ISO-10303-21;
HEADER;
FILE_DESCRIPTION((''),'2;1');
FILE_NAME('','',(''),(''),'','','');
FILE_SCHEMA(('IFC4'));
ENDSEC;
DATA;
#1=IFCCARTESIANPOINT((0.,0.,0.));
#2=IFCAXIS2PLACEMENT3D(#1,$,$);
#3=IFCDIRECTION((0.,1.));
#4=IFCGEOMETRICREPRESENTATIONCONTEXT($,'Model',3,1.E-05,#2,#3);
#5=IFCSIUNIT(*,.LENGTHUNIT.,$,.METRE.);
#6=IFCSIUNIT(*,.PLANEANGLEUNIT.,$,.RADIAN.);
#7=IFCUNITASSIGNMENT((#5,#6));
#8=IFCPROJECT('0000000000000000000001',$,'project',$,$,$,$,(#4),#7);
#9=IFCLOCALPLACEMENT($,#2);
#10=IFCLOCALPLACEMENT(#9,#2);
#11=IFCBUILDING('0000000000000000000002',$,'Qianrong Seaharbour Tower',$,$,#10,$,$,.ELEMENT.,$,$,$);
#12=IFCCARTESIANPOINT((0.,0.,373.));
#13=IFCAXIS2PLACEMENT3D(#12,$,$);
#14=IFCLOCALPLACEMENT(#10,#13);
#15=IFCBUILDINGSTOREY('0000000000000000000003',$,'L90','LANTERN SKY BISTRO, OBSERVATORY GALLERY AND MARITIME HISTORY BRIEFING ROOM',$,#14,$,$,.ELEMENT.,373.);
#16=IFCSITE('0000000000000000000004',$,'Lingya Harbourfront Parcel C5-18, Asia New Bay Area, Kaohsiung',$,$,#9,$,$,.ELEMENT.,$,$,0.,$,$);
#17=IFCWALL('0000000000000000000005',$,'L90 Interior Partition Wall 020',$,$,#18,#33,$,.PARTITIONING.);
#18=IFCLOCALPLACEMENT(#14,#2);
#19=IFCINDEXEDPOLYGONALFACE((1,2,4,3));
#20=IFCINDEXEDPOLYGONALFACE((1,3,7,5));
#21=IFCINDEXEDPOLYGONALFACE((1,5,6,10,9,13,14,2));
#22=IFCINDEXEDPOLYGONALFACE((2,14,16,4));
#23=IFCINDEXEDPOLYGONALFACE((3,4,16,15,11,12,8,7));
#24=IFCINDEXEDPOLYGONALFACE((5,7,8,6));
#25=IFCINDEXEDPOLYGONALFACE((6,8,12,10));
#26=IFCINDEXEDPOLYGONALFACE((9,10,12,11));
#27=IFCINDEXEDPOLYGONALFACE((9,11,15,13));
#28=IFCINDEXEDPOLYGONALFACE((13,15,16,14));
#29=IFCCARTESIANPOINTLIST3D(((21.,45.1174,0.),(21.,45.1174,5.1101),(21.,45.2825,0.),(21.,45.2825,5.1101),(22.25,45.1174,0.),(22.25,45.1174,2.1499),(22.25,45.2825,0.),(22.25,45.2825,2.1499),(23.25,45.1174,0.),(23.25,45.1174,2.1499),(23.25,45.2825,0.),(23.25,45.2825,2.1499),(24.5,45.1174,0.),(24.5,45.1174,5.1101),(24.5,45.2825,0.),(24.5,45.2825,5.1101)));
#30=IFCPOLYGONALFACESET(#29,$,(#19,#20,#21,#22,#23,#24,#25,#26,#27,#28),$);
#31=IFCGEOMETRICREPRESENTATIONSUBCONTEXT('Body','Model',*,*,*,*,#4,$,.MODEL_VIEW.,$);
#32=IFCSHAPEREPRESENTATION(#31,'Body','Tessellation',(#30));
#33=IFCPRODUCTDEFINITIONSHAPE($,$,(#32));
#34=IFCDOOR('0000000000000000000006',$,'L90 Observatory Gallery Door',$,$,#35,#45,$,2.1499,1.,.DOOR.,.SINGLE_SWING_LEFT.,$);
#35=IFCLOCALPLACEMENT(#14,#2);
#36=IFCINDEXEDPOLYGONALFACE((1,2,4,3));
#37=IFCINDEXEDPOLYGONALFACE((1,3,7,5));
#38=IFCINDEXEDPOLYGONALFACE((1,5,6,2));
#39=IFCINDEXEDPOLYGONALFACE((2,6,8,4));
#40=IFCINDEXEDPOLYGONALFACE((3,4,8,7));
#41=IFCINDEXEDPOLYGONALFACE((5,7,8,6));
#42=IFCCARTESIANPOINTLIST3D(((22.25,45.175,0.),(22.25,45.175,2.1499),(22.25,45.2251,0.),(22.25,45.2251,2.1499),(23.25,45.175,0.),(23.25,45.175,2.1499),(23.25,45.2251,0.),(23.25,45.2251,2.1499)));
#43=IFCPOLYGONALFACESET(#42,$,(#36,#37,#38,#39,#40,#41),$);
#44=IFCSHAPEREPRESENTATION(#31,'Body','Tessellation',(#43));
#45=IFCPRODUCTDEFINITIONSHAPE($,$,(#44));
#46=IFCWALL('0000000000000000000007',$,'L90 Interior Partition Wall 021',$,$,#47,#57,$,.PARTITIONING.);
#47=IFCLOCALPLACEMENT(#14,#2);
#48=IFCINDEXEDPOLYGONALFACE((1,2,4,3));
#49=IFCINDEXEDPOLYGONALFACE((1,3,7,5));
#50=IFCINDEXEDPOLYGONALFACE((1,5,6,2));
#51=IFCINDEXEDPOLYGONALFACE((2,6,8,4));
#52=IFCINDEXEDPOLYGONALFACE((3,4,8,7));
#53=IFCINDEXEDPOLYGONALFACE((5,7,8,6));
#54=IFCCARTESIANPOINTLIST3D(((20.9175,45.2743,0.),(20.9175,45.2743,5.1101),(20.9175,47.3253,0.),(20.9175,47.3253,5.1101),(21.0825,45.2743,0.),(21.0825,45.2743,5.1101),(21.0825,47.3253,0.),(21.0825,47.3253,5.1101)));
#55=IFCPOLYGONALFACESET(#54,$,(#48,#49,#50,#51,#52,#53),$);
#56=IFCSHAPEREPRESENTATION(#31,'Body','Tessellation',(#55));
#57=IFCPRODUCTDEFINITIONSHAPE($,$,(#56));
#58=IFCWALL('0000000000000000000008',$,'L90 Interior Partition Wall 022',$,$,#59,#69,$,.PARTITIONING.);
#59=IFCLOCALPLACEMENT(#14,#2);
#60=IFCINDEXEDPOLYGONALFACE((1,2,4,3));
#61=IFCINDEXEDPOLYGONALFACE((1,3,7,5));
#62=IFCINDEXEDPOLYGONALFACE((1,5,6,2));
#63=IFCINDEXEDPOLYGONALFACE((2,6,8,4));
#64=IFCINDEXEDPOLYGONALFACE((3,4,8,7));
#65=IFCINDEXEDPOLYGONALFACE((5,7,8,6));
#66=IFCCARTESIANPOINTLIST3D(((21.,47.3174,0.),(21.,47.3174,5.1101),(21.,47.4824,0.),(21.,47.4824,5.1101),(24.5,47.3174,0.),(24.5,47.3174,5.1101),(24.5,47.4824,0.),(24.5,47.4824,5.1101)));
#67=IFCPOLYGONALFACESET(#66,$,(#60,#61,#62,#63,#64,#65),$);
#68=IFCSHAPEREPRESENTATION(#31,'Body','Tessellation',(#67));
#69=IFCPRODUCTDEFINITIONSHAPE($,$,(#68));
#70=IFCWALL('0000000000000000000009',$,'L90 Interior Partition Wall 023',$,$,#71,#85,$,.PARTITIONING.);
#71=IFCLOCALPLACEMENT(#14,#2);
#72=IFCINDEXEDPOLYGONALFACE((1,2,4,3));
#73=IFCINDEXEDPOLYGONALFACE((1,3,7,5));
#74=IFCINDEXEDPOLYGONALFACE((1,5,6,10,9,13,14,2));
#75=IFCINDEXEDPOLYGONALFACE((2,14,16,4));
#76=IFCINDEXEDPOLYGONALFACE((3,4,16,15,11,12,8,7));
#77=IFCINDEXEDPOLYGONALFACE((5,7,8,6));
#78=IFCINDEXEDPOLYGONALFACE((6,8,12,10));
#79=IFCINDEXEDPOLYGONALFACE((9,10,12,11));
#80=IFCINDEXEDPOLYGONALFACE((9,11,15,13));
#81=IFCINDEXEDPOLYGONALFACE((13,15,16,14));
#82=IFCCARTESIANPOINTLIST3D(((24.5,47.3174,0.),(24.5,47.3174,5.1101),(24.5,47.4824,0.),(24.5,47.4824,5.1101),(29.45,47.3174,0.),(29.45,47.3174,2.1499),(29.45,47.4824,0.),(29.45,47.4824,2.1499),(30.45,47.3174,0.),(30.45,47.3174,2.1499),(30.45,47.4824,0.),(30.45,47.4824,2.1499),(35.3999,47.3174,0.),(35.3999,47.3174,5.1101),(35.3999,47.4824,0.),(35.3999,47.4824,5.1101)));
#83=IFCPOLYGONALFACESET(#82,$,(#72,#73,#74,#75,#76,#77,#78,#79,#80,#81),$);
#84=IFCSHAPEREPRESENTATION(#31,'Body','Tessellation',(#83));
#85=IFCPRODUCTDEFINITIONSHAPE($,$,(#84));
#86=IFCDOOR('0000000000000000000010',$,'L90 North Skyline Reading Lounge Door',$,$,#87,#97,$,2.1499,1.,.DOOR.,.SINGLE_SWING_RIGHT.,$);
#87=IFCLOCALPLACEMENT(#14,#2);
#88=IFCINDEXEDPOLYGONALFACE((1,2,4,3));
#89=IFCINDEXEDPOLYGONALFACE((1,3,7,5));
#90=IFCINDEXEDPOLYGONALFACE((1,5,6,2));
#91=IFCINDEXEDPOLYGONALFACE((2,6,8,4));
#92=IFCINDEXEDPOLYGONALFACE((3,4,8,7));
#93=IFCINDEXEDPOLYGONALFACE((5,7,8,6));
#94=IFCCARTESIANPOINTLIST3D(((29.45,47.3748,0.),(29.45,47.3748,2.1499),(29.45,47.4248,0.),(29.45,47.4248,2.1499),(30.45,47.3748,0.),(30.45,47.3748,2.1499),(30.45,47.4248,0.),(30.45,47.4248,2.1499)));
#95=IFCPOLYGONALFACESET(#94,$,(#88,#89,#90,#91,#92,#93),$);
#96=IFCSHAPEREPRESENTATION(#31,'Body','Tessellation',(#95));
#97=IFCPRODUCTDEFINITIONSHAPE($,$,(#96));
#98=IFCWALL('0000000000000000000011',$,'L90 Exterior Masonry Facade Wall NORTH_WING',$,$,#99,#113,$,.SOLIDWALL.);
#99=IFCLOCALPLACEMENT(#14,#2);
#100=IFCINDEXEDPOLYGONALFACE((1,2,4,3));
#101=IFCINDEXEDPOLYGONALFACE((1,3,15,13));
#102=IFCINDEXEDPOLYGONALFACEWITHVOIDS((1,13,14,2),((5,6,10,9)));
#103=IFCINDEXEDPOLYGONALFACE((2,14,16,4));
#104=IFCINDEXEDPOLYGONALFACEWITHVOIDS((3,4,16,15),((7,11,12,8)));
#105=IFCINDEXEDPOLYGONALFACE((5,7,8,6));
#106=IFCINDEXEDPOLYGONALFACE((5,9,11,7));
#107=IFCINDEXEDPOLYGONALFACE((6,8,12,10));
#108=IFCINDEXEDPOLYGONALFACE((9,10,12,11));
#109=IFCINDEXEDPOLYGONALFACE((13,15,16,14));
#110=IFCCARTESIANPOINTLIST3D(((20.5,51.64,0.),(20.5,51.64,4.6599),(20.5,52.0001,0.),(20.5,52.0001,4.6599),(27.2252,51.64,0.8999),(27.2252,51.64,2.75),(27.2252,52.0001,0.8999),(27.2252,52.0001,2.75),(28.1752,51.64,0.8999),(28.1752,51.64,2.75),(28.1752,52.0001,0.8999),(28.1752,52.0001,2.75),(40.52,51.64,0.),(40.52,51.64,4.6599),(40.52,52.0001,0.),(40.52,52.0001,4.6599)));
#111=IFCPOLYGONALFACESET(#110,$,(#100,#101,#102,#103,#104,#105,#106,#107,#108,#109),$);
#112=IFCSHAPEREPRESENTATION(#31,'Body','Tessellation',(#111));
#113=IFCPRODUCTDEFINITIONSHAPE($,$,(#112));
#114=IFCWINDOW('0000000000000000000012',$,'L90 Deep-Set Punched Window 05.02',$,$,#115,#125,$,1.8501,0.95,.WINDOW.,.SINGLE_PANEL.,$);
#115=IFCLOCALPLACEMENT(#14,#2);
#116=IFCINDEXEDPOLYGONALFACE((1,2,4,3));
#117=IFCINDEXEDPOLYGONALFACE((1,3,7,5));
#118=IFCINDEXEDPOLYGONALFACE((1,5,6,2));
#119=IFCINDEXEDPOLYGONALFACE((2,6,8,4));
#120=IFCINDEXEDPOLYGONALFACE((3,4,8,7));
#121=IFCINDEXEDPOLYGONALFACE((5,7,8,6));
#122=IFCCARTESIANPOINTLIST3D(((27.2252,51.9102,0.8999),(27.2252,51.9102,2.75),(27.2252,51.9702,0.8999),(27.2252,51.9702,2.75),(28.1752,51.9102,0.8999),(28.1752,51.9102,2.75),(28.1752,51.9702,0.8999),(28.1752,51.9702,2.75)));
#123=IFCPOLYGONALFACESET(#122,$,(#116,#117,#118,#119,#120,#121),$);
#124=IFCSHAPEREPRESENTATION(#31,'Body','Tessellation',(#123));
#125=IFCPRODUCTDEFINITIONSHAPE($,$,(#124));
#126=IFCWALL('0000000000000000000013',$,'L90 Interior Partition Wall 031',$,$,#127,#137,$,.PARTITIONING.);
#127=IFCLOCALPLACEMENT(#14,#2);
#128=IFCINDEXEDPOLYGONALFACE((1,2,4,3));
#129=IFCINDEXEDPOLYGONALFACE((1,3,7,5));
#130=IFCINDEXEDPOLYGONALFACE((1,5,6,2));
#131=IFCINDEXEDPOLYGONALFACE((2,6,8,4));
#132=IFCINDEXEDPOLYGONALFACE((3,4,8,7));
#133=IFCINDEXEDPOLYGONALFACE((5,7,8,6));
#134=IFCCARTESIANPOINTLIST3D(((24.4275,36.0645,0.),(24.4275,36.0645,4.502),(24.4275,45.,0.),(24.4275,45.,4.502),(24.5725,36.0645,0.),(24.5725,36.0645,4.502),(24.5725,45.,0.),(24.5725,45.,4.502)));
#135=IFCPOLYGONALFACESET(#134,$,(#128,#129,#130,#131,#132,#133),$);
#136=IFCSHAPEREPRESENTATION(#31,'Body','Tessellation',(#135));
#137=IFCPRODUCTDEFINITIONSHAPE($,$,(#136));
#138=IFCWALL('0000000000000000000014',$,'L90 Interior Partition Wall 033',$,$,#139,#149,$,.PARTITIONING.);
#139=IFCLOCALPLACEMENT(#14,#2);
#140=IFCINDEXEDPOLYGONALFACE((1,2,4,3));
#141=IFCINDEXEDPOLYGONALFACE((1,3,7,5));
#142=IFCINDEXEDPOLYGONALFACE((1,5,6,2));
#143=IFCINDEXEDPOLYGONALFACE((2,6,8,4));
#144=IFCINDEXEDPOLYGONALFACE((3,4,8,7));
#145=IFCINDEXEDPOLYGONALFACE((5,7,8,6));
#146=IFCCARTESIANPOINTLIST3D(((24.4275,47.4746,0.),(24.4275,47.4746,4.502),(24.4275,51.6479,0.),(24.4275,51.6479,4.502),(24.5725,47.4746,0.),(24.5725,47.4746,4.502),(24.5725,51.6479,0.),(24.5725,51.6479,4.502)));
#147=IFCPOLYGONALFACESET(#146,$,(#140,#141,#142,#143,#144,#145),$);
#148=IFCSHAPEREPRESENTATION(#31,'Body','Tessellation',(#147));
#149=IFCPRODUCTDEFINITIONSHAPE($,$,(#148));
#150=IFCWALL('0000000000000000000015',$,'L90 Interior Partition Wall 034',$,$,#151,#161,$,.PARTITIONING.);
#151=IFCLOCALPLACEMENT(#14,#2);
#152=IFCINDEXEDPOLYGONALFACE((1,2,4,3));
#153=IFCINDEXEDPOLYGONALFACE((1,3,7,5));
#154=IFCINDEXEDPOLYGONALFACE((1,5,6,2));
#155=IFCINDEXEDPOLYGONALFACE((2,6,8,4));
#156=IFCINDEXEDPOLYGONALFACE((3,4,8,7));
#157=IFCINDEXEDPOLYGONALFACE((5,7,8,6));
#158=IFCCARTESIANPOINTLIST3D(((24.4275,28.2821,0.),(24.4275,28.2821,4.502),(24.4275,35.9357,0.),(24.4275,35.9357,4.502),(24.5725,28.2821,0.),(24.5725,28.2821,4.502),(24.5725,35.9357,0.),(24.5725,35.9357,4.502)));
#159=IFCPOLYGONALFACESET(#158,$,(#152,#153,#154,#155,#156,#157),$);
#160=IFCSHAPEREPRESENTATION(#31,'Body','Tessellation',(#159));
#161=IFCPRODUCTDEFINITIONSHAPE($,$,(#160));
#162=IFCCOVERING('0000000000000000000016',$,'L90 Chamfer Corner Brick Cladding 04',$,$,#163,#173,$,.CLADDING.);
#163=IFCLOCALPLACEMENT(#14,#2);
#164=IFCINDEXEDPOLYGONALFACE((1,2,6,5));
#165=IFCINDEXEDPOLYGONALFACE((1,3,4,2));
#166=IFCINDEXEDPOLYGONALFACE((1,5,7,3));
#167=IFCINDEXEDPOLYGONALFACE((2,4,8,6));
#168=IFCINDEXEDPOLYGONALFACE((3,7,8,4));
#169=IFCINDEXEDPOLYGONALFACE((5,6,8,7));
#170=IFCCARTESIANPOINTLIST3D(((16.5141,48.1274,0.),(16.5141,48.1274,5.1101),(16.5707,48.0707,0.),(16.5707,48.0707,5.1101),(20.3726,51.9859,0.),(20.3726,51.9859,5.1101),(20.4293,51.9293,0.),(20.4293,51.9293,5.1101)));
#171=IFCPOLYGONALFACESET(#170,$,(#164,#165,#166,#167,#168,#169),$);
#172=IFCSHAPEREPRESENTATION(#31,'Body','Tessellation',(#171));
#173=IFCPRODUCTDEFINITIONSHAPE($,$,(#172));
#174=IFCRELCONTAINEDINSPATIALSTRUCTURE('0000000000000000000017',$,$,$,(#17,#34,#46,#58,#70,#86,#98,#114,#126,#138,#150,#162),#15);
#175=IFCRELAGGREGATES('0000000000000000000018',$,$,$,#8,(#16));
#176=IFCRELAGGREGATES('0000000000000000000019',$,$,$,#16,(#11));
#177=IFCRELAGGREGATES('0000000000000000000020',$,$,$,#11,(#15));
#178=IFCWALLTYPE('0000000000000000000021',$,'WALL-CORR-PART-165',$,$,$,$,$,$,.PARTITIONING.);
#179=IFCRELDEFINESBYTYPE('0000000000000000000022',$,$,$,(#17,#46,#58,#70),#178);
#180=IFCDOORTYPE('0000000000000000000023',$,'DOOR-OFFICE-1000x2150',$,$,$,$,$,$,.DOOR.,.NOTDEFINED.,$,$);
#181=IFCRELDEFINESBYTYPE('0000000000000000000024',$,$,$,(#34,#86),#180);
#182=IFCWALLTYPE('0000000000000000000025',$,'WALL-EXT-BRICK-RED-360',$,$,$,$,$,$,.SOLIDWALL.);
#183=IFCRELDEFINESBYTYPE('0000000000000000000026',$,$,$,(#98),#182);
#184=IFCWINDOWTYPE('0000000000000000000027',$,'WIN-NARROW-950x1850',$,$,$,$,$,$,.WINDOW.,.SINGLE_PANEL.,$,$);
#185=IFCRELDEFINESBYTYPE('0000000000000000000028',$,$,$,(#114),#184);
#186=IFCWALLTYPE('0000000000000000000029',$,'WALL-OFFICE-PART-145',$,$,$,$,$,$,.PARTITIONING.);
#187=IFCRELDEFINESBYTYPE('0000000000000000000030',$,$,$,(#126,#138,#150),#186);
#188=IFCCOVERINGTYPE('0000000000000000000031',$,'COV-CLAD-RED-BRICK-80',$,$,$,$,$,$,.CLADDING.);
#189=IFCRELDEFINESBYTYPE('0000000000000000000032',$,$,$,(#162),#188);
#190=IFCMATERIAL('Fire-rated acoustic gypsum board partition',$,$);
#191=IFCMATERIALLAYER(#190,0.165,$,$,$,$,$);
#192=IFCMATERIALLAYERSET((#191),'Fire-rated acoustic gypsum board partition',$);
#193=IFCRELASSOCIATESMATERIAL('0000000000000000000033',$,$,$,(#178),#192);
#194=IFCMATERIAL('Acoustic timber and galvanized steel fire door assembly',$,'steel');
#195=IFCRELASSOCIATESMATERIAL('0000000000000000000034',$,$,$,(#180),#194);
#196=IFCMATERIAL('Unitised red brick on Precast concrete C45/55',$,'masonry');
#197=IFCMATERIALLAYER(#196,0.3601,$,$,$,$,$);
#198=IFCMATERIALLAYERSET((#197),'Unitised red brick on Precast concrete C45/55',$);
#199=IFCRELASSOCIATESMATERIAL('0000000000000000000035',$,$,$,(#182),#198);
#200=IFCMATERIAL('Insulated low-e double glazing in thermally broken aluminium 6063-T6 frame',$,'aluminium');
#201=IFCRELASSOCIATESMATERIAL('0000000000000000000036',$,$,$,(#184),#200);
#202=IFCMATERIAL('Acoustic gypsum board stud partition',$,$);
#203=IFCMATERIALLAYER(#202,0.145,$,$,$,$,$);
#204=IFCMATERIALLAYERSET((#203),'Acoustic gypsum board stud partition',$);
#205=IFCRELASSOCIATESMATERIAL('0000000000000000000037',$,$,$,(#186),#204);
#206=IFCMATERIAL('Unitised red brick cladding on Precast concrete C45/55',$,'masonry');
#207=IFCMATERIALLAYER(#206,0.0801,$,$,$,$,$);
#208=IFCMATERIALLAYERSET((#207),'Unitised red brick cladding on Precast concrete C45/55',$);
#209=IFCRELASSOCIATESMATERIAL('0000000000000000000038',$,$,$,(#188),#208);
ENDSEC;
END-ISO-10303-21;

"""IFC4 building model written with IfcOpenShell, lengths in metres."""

from ifc_helpers import new_model, si_unit, direction, frame, frame_2d, origin, origin_2d, place, context, subcontext, project, spatial, rectangle, extrude, material, layer, layer_set, type_object, element, fill, save


model = new_model("IFC4")

# Units and contexts
model_context = context("Model", 3, precision=1e-05, world=origin(), true_north=direction((0.0, 1.0)))
body_context = subcontext(model_context, "Body", "Model", "MODEL_VIEW")
ifc_project = project(units=[si_unit("LENGTHUNIT", "METRE"), si_unit("PLANEANGLEUNIT", "RADIAN")], contexts=[model_context])

# Site, building, storey
site_placement = place(None, origin())
site = spatial("IfcSite", under=ifc_project, at=site_placement, Name="Lingya Harbourfront Parcel C5-18, Asia New Bay Area, Kaohsiung", CompositionType="ELEMENT", RefElevation=0.0)
building_placement = place(site_placement, origin())
building = spatial("IfcBuilding", under=site, at=building_placement, Name="Qianrong Seaharbour Tower", CompositionType="ELEMENT")
storey_placement = place(building_placement, frame((0.0, 0.0, 373.0)))
storey = spatial("IfcBuildingStorey", under=building, at=storey_placement, Name="L90", Description="LANTERN SKY BISTRO, OBSERVATORY GALLERY AND MARITIME HISTORY BRIEFING ROOM", CompositionType="ELEMENT", Elevation=373.0)

# Wall, opening, door
ifc_material_1 = material(Name="Fire-rated acoustic gypsum board partition")
ifc_layer_1 = layer(ifc_material_1, 0.165)
ifc_layer_set_1 = layer_set([ifc_layer_1], Name="Fire-rated acoustic gypsum board partition")
wall_type_1 = type_object("IfcWallType", Name="WALL-CORR-PART-165", PredefinedType="PARTITIONING", material=ifc_layer_set_1)
wall_1_placement = place(storey_placement, frame((24.5, 45.2, 0.0), z_axis=(0.0, 0.0, 1.0), x_axis=(-1.0, 0.0, 0.0)))
wall_1 = element("IfcWall", 1, at=wall_1_placement, inside=storey, type_object=wall_type_1, Name="L90 Interior Partition Wall 020", PredefinedType="PARTITIONING", context=body_context, shape_type="SweptSolid", body=[
    extrude(rectangle(XDim=3.5, YDim=0.165, at=frame_2d((1.75, 0.0))), origin(), (0.0, 0.0, 1.0), 5.1101),
])
opening_1_placement = place(wall_1_placement, frame((1.25, 0.0, 0.0)))
opening_1 = element("IfcOpeningElement", 2, at=opening_1_placement, cuts=wall_1, PredefinedType="OPENING", context=body_context, shape_type="SweptSolid", body=[
    extrude(rectangle(XDim=1.0, YDim=2.1499, at=frame_2d((0.5, 1.075))), frame((0.0, 0.0925, 0.0), z_axis=(0.0, -1.0, 0.0), x_axis=(1.0, 0.0, 0.0)), (0.0, 0.0, 1.0), 0.1851),
])
ifc_material_2 = material(Name="Acoustic timber and galvanized steel fire door assembly", Category="steel")
door_type = type_object("IfcDoorType", Name="DOOR-OFFICE-1000x2150", OperationType="NOTDEFINED", PredefinedType="DOOR", material=ifc_material_2)
door_1_placement = place(opening_1_placement, origin())
door_1 = element("IfcDoor", 3, at=door_1_placement, inside=storey, type_object=door_type, Name="L90 Observatory Gallery Door", OperationType="SINGLE_SWING_LEFT", OverallHeight=2.1499, OverallWidth=1.0, PredefinedType="DOOR", context=body_context, shape_type="SweptSolid", body=[
    extrude(rectangle(XDim=1.0, YDim=2.1499, at=frame_2d((0.5, 1.075))), frame((0.0, 0.0249, 0.0), z_axis=(0.0, -1.0, 0.0), x_axis=(1.0, 0.0, 0.0)), (0.0, 0.0, 1.0), 0.05),
])
fill(opening_1, door_1)

# Walls
wall_2_placement = place(storey_placement, frame((21.0, 45.2744, 0.0), z_axis=(0.0, 0.0, 1.0), x_axis=(0.0, 1.0, 0.0)))
element("IfcWall", 4, at=wall_2_placement, inside=storey, type_object=wall_type_1, Name="L90 Interior Partition Wall 021", PredefinedType="PARTITIONING", context=body_context, shape_type="SweptSolid", body=[
    extrude(rectangle(XDim=2.051, YDim=0.165, at=frame_2d((1.0254, 0.0))), origin(), (0.0, 0.0, 1.0), 5.1101),
])
wall_3_placement = place(storey_placement, frame((21.0, 47.3999, 0.0), z_axis=(0.0, 0.0, 1.0), x_axis=(1.0, 0.0, 0.0)))
element("IfcWall", 5, at=wall_3_placement, inside=storey, type_object=wall_type_1, Name="L90 Interior Partition Wall 022", PredefinedType="PARTITIONING", context=body_context, shape_type="SweptSolid", body=[
    extrude(rectangle(XDim=3.5, YDim=0.165, at=frame_2d((1.75, 0.0))), origin(), (0.0, 0.0, 1.0), 5.1101),
])

# Wall, opening, door
wall_4_placement = place(storey_placement, frame((24.5, 47.3999, 0.0), z_axis=(0.0, 0.0, 1.0), x_axis=(1.0, 0.0, 0.0)))
wall_4 = element("IfcWall", 6, at=wall_4_placement, inside=storey, type_object=wall_type_1, Name="L90 Interior Partition Wall 023", PredefinedType="PARTITIONING", context=body_context, shape_type="SweptSolid", body=[
    extrude(rectangle(XDim=10.8999, YDim=0.165, at=frame_2d((5.45, 0.0))), origin(), (0.0, 0.0, 1.0), 5.1101),
])
opening_2_placement = place(wall_4_placement, frame((4.95, 0.0, 0.0)))
opening_2 = element("IfcOpeningElement", 7, at=opening_2_placement, cuts=wall_4, PredefinedType="OPENING", context=body_context, shape_type="SweptSolid", body=[
    extrude(rectangle(XDim=1.0, YDim=2.1499, at=frame_2d((0.5, 1.075))), frame((0.0, 0.0925, 0.0), z_axis=(0.0, -1.0, 0.0), x_axis=(1.0, 0.0, 0.0)), (0.0, 0.0, 1.0), 0.1851),
])
door_2_placement = place(opening_2_placement, origin())
door_2 = element("IfcDoor", 8, at=door_2_placement, inside=storey, type_object=door_type, Name="L90 North Skyline Reading Lounge Door", OperationType="SINGLE_SWING_RIGHT", OverallHeight=2.1499, OverallWidth=1.0, PredefinedType="DOOR", context=body_context, shape_type="SweptSolid", body=[
    extrude(rectangle(XDim=1.0, YDim=2.1499, at=frame_2d((0.5, 1.075))), frame((0.0, 0.0249, 0.0), z_axis=(0.0, -1.0, 0.0), x_axis=(1.0, 0.0, 0.0)), (0.0, 0.0, 1.0), 0.05),
])
fill(opening_2, door_2)

# Wall, opening, window
ifc_material_3 = material(Name="Unitised red brick on Precast concrete C45/55", Category="masonry")
ifc_layer_2 = layer(ifc_material_3, 0.3601)
ifc_layer_set_2 = layer_set([ifc_layer_2], Name="Unitised red brick on Precast concrete C45/55")
wall_type_2 = type_object("IfcWallType", Name="WALL-EXT-BRICK-RED-360", PredefinedType="SOLIDWALL", material=ifc_layer_set_2)
wall_5_placement = place(storey_placement, frame((20.5, 51.8201, 0.0), z_axis=(0.0, 0.0, 1.0), x_axis=(1.0, 0.0, 0.0)))
wall_5 = element("IfcWall", 9, at=wall_5_placement, inside=storey, type_object=wall_type_2, Name="L90 Exterior Masonry Facade Wall NORTH_WING", PredefinedType="SOLIDWALL", context=body_context, shape_type="SweptSolid", body=[
    extrude(rectangle(XDim=20.02, YDim=0.3601, at=frame_2d((10.01, 0.0))), origin(), (0.0, 0.0, 1.0), 4.6599),
])
opening_3_placement = place(wall_5_placement, frame((6.7251, 0.0, 0.8999)))
opening_3 = element("IfcOpeningElement", 10, at=opening_3_placement, cuts=wall_5, PredefinedType="OPENING", context=body_context, shape_type="SweptSolid", body=[
    extrude(rectangle(XDim=0.95, YDim=1.8501, at=frame_2d((0.4751, 0.925))), frame((0.0, 0.1899, 0.0), z_axis=(0.0, -1.0, 0.0), x_axis=(1.0, 0.0, 0.0)), (0.0, 0.0, 1.0), 0.3801),
])
ifc_material_4 = material(Name="Insulated low-e double glazing in thermally broken aluminium 6063-T6 frame", Category="aluminium")
window_type = type_object("IfcWindowType", Name="WIN-NARROW-950x1850", PartitioningType="SINGLE_PANEL", PredefinedType="WINDOW", material=ifc_material_4)
window_placement = place(opening_3_placement, origin())
window = element("IfcWindow", 11, at=window_placement, inside=storey, type_object=window_type, Name="L90 Deep-Set Punched Window 05.02", OverallHeight=1.8501, OverallWidth=0.95, PartitioningType="SINGLE_PANEL", PredefinedType="WINDOW", context=body_context, shape_type="SweptSolid", body=[
    extrude(rectangle(XDim=0.95, YDim=1.8501, at=frame_2d((0.4751, 0.925))), frame((0.0, 0.1501, 0.0), z_axis=(0.0, -1.0, 0.0), x_axis=(1.0, 0.0, 0.0)), (0.0, 0.0, 1.0), 0.0601),
])
fill(opening_3, window)

# Walls
ifc_material_5 = material(Name="Acoustic gypsum board stud partition")
ifc_layer_3 = layer(ifc_material_5, 0.145)
ifc_layer_set_3 = layer_set([ifc_layer_3], Name="Acoustic gypsum board stud partition")
wall_type_3 = type_object("IfcWallType", Name="WALL-OFFICE-PART-145", PredefinedType="PARTITIONING", material=ifc_layer_set_3)
wall_6_placement = place(storey_placement, frame((24.5, 36.0645, 0.0), z_axis=(0.0, 0.0, 1.0), x_axis=(0.0, 1.0, 0.0)))
element("IfcWall", 12, at=wall_6_placement, inside=storey, type_object=wall_type_3, Name="L90 Interior Partition Wall 031", PredefinedType="PARTITIONING", context=body_context, shape_type="SweptSolid", body=[
    extrude(rectangle(XDim=8.9355, YDim=0.145, at=frame_2d((4.4678, 0.0))), origin(), (0.0, 0.0, 1.0), 4.502),
])
wall_7_placement = place(storey_placement, frame((24.5, 51.6479, 0.0), z_axis=(0.0, 0.0, 1.0), x_axis=(0.0, -1.0, 0.0)))
element("IfcWall", 13, at=wall_7_placement, inside=storey, type_object=wall_type_3, Name="L90 Interior Partition Wall 033", PredefinedType="PARTITIONING", context=body_context, shape_type="SweptSolid", body=[
    extrude(rectangle(XDim=4.1733, YDim=0.145, at=frame_2d((2.0867, 0.0))), origin(), (0.0, 0.0, 1.0), 4.502),
])
wall_8_placement = place(storey_placement, frame((24.5, 35.9355, 0.0), z_axis=(0.0, 0.0, 1.0), x_axis=(0.0, -1.0, 0.0)))
element("IfcWall", 14, at=wall_8_placement, inside=storey, type_object=wall_type_3, Name="L90 Interior Partition Wall 034", PredefinedType="PARTITIONING", context=body_context, shape_type="SweptSolid", body=[
    extrude(rectangle(XDim=7.6536, YDim=0.145, at=frame_2d((3.8267, 0.0))), origin(), (0.0, 0.0, 1.0), 4.502),
])

# Covering
ifc_material_6 = material(Name="Unitised red brick cladding on Precast concrete C45/55", Category="masonry")
ifc_layer_4 = layer(ifc_material_6, 0.0801)
ifc_layer_set_4 = layer_set([ifc_layer_4], Name="Unitised red brick cladding on Precast concrete C45/55")
covering_type = type_object("IfcCoveringType", Name="COV-CLAD-RED-BRICK-80", PredefinedType="CLADDING", material=ifc_layer_set_4)
covering_placement = place(storey_placement, frame((18.4717, 50.0283, 0.0), z_axis=(0.0, 0.0, 1.0), x_axis=(0.707107, 0.707107, 0.0)))
element("IfcCovering", 15, at=covering_placement, inside=storey, type_object=covering_type, Name="L90 Chamfer Corner Brick Cladding 04", PredefinedType="CLADDING", context=body_context, shape_type="SweptSolid", body=[
    extrude(rectangle(XDim=5.4568, YDim=0.0801, at=origin_2d()), origin(), (0.0, 0.0, 1.0), 5.1101),
])

save(model, "model.ifc")
